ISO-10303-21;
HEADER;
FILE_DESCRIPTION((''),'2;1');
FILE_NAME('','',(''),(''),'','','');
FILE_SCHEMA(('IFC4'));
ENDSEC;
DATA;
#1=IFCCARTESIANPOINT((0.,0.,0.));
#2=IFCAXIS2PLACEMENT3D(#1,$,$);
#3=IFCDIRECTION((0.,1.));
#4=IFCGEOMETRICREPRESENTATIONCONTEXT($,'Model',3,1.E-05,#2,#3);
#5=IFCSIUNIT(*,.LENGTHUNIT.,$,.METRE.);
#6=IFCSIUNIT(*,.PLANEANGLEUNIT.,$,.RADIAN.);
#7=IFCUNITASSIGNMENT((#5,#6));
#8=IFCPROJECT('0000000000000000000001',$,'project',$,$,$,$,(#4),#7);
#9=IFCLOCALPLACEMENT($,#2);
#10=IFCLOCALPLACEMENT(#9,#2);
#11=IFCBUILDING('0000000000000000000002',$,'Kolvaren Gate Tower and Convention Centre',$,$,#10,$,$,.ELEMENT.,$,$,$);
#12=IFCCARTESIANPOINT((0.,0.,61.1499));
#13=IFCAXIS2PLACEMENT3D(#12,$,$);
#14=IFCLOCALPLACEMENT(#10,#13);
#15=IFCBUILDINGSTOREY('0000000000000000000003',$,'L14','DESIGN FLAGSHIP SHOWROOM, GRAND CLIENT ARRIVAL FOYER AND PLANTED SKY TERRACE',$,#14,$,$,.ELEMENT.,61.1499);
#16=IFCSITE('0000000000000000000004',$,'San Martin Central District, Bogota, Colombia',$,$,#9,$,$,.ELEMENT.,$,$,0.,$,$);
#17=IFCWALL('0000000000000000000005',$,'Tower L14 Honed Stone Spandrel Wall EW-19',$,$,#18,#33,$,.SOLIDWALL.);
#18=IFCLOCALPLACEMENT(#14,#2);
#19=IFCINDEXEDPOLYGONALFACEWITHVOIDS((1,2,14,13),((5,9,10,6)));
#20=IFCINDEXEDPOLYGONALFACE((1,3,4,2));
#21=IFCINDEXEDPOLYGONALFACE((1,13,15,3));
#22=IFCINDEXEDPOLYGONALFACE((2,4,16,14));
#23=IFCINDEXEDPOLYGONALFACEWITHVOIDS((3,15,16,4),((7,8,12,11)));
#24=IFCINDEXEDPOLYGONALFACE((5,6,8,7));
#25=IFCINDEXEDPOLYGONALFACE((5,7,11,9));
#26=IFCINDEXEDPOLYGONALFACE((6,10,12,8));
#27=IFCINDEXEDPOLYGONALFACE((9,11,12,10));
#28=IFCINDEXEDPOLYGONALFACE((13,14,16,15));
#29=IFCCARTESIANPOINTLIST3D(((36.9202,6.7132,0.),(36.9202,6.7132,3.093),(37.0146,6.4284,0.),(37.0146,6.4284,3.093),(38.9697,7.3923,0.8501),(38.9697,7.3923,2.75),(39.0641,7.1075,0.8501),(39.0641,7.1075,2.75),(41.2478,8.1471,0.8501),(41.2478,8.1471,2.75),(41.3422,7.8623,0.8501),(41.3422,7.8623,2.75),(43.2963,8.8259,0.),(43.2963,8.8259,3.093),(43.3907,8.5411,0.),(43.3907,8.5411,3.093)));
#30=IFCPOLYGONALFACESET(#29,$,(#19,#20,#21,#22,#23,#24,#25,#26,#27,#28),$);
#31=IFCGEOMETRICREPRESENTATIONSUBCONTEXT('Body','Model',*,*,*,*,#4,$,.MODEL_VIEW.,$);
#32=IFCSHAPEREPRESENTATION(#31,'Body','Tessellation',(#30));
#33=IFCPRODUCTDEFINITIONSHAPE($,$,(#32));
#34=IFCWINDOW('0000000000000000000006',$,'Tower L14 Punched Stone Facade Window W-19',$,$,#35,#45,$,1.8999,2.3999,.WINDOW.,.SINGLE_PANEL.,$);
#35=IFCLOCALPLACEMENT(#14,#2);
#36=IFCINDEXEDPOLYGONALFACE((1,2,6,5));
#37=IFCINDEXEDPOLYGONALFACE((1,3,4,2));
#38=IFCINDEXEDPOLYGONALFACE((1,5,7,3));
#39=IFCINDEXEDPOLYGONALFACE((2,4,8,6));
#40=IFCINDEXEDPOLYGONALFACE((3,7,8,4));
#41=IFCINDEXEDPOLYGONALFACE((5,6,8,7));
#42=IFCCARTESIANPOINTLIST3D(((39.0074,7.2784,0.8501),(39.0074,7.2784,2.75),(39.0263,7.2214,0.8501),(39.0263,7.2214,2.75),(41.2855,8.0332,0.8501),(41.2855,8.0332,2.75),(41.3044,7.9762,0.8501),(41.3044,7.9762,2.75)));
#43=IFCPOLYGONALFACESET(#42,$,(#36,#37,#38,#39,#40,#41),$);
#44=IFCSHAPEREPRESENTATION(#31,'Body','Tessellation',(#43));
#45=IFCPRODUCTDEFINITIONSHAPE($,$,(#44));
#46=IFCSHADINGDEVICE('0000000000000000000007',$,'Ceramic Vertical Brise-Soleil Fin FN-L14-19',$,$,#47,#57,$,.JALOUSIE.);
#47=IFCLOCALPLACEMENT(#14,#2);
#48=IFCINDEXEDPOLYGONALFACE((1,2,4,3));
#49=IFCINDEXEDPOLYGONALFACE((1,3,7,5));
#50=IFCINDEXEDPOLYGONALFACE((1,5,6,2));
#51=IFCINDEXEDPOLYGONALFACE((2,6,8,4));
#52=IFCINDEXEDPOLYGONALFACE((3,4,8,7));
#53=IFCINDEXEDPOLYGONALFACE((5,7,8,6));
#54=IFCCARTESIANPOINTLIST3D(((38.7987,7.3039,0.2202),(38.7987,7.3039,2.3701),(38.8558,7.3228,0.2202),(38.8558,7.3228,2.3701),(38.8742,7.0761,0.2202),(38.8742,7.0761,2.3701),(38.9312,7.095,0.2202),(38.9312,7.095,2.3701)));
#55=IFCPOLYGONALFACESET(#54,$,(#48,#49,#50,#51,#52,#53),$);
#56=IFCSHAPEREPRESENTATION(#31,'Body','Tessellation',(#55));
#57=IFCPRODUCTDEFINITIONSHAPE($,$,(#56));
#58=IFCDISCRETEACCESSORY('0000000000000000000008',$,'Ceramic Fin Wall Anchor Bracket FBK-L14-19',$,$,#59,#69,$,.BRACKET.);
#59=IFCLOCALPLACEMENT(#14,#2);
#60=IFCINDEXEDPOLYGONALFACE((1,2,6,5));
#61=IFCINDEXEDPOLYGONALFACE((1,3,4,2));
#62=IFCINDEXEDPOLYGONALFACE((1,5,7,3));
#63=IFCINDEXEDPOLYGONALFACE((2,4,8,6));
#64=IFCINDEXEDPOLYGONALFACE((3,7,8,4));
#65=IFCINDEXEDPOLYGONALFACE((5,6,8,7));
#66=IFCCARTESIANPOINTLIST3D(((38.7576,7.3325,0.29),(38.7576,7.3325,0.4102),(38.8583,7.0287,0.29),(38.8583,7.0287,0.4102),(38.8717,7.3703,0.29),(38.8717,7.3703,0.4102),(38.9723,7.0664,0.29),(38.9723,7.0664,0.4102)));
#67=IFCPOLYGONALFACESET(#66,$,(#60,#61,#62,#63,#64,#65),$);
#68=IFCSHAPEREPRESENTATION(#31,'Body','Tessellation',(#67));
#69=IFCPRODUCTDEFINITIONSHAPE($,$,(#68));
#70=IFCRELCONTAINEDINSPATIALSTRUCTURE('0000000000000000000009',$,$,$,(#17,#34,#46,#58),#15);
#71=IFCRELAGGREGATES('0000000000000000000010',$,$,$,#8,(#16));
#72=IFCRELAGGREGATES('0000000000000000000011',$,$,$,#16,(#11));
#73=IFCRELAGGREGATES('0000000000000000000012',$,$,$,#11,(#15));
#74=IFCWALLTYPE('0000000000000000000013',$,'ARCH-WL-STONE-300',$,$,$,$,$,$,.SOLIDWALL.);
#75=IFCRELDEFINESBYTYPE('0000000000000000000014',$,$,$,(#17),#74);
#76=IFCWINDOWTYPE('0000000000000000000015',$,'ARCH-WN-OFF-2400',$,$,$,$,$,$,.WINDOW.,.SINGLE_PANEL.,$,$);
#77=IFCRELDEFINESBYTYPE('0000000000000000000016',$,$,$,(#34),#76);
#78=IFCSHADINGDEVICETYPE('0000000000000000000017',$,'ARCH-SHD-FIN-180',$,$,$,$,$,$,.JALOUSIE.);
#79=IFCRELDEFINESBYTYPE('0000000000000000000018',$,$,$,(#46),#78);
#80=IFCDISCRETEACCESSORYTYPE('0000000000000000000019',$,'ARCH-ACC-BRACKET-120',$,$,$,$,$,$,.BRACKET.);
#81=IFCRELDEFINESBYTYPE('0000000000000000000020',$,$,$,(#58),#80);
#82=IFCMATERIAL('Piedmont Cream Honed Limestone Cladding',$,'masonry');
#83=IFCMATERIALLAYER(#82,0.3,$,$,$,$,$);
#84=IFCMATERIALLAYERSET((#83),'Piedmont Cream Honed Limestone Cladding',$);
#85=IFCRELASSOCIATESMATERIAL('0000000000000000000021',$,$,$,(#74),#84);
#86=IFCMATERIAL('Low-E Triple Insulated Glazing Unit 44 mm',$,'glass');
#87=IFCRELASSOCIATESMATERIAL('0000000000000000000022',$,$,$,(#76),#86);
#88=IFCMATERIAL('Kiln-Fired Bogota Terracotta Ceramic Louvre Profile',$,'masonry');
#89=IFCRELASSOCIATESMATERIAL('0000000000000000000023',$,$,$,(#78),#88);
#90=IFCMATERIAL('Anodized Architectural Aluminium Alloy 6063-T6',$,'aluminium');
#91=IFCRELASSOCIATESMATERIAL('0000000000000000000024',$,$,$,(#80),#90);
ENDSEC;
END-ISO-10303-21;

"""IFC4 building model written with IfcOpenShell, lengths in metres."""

from ifc_helpers import new_model, si_unit, direction, frame, frame_2d, origin, origin_2d, place, context, subcontext, project, spatial, rectangle, extrude, material, layer, layer_set, type_object, element, fill, save


model = new_model("IFC4")

# Units and contexts
model_context = context("Model", 3, precision=1e-05, world=origin(), true_north=direction((0.0, 1.0)))
body_context = subcontext(model_context, "Body", "Model", "MODEL_VIEW")
ifc_project = project(units=[si_unit("LENGTHUNIT", "METRE"), si_unit("PLANEANGLEUNIT", "RADIAN")], contexts=[model_context])

# Site, building, storey
site_placement = place(None, origin())
site = spatial("IfcSite", under=ifc_project, at=site_placement, Name="San Martin Central District, Bogota, Colombia", CompositionType="ELEMENT", RefElevation=0.0)
building_placement = place(site_placement, origin())
building = spatial("IfcBuilding", under=site, at=building_placement, Name="Kolvaren Gate Tower and Convention Centre", CompositionType="ELEMENT")
storey_placement = place(building_placement, frame((0.0, 0.0, 61.1499)))
storey = spatial("IfcBuildingStorey", under=building, at=storey_placement, Name="L14", Description="DESIGN FLAGSHIP SHOWROOM, GRAND CLIENT ARRIVAL FOYER AND PLANTED SKY TERRACE", CompositionType="ELEMENT", Elevation=61.1499)

# Shared definitions
ifc_material_1 = material(Name="Anodized Architectural Aluminium Alloy 6063-T6", Category="aluminium")

# Shared definitions
ifc_material_2 = material(Name="Low-E Triple Insulated Glazing Unit 44 mm", Category="glass")

# Shared definitions
ifc_material_3 = material(Name="Piedmont Cream Honed Limestone Cladding", Category="masonry")

# Shared definitions
ifc_layer_1 = layer(ifc_material_3, 0.3)
ifc_layer_set_1 = layer_set([ifc_layer_1], Name="Piedmont Cream Honed Limestone Cladding")
wall_type_1 = type_object("IfcWallType", Name="ARCH-WL-STONE-300", PredefinedType="SOLIDWALL", material=ifc_layer_set_1)

# Wall, opening, window
wall_1_placement = place(storey_placement, frame((36.9675, 6.5708, 0.0), z_axis=(0.0, 0.0, 1.0), x_axis=(0.949245, 0.314537, 0.0)))
wall_1 = element("IfcWall", 1, at=wall_1_placement, inside=storey, type_object=wall_type_1, Name="Tower L14 Honed Stone Spandrel Wall EW-19", PredefinedType="SOLIDWALL", context=body_context, shape_type="SweptSolid", body=[
    extrude(rectangle(XDim=6.717, YDim=0.3, at=frame_2d((3.3584, 0.0))), origin(), (0.0, 0.0, 1.0), 3.093),
])
opening_1_placement = place(wall_1_placement, frame((2.1589, 0.0, 0.8501)))
opening_1 = element("IfcOpeningElement", 2, at=opening_1_placement, cuts=wall_1, PredefinedType="OPENING", context=body_context, shape_type="SweptSolid", body=[
    extrude(rectangle(XDim=2.3999, YDim=1.8999, at=frame_2d((1.2, 0.95))), frame((0.0, 0.1599, 0.0), z_axis=(0.0, -1.0, 0.0), x_axis=(1.0, 0.0, 0.0)), (0.0, 0.0, 1.0), 0.3201),
])
window_type = type_object("IfcWindowType", Name="ARCH-WN-OFF-2400", PartitioningType="SINGLE_PANEL", PredefinedType="WINDOW", material=ifc_material_2)
window_placement = place(opening_1_placement, origin())
window = element("IfcWindow", 3, at=window_placement, inside=storey, type_object=window_type, Name="Tower L14 Punched Stone Facade Window W-19", OverallHeight=1.8999, OverallWidth=2.3999, PartitioningType="SINGLE_PANEL", PredefinedType="WINDOW", context=body_context, shape_type="SweptSolid", body=[
    extrude(rectangle(XDim=2.3999, YDim=1.8999, at=frame_2d((1.2, 0.95))), frame((0.0, 0.03, 0.0), z_axis=(0.0, -1.0, 0.0), x_axis=(1.0, 0.0, 0.0)), (0.0, 0.0, 1.0), 0.0601),
])
fill(opening_1, window)

# Shading device
ifc_material_4 = material(Name="Kiln-Fired Bogota Terracotta Ceramic Louvre Profile", Category="masonry")
shading_device_type = type_object("IfcShadingDeviceType", Name="ARCH-SHD-FIN-180", PredefinedType="JALOUSIE", material=ifc_material_4)
shading_device_placement = place(storey_placement, frame((38.865, 7.1995, 0.2202), z_axis=(0.0, 0.0, 1.0), x_axis=(0.949242, 0.314548, 0.0)))
element("IfcShadingDevice", 4, at=shading_device_placement, inside=storey, type_object=shading_device_type, Name="Ceramic Vertical Brise-Soleil Fin FN-L14-19", PredefinedType="JALOUSIE", context=body_context, shape_type="SweptSolid", body=[
    extrude(rectangle(XDim=0.0601, YDim=0.24, at=origin_2d()), origin(), (0.0, 0.0, 1.0), 2.1499),
])

# Discrete accessory
discrete_accessory_type = type_object("IfcDiscreteAccessoryType", Name="ARCH-ACC-BRACKET-120", PredefinedType="BRACKET", material=ifc_material_1)
discrete_accessory_placement = place(storey_placement, frame((38.865, 7.1995, 0.29), z_axis=(0.0, 0.0, 1.0), x_axis=(0.949242, 0.314548, 0.0)))
element("IfcDiscreteAccessory", 5, at=discrete_accessory_placement, inside=storey, type_object=discrete_accessory_type, Name="Ceramic Fin Wall Anchor Bracket FBK-L14-19", PredefinedType="BRACKET", context=body_context, shape_type="SweptSolid", body=[
    extrude(rectangle(XDim=0.1201, YDim=0.3201, at=origin_2d()), origin(), (0.0, 0.0, 1.0), 0.1201),
])

save(model, "model.ifc")
